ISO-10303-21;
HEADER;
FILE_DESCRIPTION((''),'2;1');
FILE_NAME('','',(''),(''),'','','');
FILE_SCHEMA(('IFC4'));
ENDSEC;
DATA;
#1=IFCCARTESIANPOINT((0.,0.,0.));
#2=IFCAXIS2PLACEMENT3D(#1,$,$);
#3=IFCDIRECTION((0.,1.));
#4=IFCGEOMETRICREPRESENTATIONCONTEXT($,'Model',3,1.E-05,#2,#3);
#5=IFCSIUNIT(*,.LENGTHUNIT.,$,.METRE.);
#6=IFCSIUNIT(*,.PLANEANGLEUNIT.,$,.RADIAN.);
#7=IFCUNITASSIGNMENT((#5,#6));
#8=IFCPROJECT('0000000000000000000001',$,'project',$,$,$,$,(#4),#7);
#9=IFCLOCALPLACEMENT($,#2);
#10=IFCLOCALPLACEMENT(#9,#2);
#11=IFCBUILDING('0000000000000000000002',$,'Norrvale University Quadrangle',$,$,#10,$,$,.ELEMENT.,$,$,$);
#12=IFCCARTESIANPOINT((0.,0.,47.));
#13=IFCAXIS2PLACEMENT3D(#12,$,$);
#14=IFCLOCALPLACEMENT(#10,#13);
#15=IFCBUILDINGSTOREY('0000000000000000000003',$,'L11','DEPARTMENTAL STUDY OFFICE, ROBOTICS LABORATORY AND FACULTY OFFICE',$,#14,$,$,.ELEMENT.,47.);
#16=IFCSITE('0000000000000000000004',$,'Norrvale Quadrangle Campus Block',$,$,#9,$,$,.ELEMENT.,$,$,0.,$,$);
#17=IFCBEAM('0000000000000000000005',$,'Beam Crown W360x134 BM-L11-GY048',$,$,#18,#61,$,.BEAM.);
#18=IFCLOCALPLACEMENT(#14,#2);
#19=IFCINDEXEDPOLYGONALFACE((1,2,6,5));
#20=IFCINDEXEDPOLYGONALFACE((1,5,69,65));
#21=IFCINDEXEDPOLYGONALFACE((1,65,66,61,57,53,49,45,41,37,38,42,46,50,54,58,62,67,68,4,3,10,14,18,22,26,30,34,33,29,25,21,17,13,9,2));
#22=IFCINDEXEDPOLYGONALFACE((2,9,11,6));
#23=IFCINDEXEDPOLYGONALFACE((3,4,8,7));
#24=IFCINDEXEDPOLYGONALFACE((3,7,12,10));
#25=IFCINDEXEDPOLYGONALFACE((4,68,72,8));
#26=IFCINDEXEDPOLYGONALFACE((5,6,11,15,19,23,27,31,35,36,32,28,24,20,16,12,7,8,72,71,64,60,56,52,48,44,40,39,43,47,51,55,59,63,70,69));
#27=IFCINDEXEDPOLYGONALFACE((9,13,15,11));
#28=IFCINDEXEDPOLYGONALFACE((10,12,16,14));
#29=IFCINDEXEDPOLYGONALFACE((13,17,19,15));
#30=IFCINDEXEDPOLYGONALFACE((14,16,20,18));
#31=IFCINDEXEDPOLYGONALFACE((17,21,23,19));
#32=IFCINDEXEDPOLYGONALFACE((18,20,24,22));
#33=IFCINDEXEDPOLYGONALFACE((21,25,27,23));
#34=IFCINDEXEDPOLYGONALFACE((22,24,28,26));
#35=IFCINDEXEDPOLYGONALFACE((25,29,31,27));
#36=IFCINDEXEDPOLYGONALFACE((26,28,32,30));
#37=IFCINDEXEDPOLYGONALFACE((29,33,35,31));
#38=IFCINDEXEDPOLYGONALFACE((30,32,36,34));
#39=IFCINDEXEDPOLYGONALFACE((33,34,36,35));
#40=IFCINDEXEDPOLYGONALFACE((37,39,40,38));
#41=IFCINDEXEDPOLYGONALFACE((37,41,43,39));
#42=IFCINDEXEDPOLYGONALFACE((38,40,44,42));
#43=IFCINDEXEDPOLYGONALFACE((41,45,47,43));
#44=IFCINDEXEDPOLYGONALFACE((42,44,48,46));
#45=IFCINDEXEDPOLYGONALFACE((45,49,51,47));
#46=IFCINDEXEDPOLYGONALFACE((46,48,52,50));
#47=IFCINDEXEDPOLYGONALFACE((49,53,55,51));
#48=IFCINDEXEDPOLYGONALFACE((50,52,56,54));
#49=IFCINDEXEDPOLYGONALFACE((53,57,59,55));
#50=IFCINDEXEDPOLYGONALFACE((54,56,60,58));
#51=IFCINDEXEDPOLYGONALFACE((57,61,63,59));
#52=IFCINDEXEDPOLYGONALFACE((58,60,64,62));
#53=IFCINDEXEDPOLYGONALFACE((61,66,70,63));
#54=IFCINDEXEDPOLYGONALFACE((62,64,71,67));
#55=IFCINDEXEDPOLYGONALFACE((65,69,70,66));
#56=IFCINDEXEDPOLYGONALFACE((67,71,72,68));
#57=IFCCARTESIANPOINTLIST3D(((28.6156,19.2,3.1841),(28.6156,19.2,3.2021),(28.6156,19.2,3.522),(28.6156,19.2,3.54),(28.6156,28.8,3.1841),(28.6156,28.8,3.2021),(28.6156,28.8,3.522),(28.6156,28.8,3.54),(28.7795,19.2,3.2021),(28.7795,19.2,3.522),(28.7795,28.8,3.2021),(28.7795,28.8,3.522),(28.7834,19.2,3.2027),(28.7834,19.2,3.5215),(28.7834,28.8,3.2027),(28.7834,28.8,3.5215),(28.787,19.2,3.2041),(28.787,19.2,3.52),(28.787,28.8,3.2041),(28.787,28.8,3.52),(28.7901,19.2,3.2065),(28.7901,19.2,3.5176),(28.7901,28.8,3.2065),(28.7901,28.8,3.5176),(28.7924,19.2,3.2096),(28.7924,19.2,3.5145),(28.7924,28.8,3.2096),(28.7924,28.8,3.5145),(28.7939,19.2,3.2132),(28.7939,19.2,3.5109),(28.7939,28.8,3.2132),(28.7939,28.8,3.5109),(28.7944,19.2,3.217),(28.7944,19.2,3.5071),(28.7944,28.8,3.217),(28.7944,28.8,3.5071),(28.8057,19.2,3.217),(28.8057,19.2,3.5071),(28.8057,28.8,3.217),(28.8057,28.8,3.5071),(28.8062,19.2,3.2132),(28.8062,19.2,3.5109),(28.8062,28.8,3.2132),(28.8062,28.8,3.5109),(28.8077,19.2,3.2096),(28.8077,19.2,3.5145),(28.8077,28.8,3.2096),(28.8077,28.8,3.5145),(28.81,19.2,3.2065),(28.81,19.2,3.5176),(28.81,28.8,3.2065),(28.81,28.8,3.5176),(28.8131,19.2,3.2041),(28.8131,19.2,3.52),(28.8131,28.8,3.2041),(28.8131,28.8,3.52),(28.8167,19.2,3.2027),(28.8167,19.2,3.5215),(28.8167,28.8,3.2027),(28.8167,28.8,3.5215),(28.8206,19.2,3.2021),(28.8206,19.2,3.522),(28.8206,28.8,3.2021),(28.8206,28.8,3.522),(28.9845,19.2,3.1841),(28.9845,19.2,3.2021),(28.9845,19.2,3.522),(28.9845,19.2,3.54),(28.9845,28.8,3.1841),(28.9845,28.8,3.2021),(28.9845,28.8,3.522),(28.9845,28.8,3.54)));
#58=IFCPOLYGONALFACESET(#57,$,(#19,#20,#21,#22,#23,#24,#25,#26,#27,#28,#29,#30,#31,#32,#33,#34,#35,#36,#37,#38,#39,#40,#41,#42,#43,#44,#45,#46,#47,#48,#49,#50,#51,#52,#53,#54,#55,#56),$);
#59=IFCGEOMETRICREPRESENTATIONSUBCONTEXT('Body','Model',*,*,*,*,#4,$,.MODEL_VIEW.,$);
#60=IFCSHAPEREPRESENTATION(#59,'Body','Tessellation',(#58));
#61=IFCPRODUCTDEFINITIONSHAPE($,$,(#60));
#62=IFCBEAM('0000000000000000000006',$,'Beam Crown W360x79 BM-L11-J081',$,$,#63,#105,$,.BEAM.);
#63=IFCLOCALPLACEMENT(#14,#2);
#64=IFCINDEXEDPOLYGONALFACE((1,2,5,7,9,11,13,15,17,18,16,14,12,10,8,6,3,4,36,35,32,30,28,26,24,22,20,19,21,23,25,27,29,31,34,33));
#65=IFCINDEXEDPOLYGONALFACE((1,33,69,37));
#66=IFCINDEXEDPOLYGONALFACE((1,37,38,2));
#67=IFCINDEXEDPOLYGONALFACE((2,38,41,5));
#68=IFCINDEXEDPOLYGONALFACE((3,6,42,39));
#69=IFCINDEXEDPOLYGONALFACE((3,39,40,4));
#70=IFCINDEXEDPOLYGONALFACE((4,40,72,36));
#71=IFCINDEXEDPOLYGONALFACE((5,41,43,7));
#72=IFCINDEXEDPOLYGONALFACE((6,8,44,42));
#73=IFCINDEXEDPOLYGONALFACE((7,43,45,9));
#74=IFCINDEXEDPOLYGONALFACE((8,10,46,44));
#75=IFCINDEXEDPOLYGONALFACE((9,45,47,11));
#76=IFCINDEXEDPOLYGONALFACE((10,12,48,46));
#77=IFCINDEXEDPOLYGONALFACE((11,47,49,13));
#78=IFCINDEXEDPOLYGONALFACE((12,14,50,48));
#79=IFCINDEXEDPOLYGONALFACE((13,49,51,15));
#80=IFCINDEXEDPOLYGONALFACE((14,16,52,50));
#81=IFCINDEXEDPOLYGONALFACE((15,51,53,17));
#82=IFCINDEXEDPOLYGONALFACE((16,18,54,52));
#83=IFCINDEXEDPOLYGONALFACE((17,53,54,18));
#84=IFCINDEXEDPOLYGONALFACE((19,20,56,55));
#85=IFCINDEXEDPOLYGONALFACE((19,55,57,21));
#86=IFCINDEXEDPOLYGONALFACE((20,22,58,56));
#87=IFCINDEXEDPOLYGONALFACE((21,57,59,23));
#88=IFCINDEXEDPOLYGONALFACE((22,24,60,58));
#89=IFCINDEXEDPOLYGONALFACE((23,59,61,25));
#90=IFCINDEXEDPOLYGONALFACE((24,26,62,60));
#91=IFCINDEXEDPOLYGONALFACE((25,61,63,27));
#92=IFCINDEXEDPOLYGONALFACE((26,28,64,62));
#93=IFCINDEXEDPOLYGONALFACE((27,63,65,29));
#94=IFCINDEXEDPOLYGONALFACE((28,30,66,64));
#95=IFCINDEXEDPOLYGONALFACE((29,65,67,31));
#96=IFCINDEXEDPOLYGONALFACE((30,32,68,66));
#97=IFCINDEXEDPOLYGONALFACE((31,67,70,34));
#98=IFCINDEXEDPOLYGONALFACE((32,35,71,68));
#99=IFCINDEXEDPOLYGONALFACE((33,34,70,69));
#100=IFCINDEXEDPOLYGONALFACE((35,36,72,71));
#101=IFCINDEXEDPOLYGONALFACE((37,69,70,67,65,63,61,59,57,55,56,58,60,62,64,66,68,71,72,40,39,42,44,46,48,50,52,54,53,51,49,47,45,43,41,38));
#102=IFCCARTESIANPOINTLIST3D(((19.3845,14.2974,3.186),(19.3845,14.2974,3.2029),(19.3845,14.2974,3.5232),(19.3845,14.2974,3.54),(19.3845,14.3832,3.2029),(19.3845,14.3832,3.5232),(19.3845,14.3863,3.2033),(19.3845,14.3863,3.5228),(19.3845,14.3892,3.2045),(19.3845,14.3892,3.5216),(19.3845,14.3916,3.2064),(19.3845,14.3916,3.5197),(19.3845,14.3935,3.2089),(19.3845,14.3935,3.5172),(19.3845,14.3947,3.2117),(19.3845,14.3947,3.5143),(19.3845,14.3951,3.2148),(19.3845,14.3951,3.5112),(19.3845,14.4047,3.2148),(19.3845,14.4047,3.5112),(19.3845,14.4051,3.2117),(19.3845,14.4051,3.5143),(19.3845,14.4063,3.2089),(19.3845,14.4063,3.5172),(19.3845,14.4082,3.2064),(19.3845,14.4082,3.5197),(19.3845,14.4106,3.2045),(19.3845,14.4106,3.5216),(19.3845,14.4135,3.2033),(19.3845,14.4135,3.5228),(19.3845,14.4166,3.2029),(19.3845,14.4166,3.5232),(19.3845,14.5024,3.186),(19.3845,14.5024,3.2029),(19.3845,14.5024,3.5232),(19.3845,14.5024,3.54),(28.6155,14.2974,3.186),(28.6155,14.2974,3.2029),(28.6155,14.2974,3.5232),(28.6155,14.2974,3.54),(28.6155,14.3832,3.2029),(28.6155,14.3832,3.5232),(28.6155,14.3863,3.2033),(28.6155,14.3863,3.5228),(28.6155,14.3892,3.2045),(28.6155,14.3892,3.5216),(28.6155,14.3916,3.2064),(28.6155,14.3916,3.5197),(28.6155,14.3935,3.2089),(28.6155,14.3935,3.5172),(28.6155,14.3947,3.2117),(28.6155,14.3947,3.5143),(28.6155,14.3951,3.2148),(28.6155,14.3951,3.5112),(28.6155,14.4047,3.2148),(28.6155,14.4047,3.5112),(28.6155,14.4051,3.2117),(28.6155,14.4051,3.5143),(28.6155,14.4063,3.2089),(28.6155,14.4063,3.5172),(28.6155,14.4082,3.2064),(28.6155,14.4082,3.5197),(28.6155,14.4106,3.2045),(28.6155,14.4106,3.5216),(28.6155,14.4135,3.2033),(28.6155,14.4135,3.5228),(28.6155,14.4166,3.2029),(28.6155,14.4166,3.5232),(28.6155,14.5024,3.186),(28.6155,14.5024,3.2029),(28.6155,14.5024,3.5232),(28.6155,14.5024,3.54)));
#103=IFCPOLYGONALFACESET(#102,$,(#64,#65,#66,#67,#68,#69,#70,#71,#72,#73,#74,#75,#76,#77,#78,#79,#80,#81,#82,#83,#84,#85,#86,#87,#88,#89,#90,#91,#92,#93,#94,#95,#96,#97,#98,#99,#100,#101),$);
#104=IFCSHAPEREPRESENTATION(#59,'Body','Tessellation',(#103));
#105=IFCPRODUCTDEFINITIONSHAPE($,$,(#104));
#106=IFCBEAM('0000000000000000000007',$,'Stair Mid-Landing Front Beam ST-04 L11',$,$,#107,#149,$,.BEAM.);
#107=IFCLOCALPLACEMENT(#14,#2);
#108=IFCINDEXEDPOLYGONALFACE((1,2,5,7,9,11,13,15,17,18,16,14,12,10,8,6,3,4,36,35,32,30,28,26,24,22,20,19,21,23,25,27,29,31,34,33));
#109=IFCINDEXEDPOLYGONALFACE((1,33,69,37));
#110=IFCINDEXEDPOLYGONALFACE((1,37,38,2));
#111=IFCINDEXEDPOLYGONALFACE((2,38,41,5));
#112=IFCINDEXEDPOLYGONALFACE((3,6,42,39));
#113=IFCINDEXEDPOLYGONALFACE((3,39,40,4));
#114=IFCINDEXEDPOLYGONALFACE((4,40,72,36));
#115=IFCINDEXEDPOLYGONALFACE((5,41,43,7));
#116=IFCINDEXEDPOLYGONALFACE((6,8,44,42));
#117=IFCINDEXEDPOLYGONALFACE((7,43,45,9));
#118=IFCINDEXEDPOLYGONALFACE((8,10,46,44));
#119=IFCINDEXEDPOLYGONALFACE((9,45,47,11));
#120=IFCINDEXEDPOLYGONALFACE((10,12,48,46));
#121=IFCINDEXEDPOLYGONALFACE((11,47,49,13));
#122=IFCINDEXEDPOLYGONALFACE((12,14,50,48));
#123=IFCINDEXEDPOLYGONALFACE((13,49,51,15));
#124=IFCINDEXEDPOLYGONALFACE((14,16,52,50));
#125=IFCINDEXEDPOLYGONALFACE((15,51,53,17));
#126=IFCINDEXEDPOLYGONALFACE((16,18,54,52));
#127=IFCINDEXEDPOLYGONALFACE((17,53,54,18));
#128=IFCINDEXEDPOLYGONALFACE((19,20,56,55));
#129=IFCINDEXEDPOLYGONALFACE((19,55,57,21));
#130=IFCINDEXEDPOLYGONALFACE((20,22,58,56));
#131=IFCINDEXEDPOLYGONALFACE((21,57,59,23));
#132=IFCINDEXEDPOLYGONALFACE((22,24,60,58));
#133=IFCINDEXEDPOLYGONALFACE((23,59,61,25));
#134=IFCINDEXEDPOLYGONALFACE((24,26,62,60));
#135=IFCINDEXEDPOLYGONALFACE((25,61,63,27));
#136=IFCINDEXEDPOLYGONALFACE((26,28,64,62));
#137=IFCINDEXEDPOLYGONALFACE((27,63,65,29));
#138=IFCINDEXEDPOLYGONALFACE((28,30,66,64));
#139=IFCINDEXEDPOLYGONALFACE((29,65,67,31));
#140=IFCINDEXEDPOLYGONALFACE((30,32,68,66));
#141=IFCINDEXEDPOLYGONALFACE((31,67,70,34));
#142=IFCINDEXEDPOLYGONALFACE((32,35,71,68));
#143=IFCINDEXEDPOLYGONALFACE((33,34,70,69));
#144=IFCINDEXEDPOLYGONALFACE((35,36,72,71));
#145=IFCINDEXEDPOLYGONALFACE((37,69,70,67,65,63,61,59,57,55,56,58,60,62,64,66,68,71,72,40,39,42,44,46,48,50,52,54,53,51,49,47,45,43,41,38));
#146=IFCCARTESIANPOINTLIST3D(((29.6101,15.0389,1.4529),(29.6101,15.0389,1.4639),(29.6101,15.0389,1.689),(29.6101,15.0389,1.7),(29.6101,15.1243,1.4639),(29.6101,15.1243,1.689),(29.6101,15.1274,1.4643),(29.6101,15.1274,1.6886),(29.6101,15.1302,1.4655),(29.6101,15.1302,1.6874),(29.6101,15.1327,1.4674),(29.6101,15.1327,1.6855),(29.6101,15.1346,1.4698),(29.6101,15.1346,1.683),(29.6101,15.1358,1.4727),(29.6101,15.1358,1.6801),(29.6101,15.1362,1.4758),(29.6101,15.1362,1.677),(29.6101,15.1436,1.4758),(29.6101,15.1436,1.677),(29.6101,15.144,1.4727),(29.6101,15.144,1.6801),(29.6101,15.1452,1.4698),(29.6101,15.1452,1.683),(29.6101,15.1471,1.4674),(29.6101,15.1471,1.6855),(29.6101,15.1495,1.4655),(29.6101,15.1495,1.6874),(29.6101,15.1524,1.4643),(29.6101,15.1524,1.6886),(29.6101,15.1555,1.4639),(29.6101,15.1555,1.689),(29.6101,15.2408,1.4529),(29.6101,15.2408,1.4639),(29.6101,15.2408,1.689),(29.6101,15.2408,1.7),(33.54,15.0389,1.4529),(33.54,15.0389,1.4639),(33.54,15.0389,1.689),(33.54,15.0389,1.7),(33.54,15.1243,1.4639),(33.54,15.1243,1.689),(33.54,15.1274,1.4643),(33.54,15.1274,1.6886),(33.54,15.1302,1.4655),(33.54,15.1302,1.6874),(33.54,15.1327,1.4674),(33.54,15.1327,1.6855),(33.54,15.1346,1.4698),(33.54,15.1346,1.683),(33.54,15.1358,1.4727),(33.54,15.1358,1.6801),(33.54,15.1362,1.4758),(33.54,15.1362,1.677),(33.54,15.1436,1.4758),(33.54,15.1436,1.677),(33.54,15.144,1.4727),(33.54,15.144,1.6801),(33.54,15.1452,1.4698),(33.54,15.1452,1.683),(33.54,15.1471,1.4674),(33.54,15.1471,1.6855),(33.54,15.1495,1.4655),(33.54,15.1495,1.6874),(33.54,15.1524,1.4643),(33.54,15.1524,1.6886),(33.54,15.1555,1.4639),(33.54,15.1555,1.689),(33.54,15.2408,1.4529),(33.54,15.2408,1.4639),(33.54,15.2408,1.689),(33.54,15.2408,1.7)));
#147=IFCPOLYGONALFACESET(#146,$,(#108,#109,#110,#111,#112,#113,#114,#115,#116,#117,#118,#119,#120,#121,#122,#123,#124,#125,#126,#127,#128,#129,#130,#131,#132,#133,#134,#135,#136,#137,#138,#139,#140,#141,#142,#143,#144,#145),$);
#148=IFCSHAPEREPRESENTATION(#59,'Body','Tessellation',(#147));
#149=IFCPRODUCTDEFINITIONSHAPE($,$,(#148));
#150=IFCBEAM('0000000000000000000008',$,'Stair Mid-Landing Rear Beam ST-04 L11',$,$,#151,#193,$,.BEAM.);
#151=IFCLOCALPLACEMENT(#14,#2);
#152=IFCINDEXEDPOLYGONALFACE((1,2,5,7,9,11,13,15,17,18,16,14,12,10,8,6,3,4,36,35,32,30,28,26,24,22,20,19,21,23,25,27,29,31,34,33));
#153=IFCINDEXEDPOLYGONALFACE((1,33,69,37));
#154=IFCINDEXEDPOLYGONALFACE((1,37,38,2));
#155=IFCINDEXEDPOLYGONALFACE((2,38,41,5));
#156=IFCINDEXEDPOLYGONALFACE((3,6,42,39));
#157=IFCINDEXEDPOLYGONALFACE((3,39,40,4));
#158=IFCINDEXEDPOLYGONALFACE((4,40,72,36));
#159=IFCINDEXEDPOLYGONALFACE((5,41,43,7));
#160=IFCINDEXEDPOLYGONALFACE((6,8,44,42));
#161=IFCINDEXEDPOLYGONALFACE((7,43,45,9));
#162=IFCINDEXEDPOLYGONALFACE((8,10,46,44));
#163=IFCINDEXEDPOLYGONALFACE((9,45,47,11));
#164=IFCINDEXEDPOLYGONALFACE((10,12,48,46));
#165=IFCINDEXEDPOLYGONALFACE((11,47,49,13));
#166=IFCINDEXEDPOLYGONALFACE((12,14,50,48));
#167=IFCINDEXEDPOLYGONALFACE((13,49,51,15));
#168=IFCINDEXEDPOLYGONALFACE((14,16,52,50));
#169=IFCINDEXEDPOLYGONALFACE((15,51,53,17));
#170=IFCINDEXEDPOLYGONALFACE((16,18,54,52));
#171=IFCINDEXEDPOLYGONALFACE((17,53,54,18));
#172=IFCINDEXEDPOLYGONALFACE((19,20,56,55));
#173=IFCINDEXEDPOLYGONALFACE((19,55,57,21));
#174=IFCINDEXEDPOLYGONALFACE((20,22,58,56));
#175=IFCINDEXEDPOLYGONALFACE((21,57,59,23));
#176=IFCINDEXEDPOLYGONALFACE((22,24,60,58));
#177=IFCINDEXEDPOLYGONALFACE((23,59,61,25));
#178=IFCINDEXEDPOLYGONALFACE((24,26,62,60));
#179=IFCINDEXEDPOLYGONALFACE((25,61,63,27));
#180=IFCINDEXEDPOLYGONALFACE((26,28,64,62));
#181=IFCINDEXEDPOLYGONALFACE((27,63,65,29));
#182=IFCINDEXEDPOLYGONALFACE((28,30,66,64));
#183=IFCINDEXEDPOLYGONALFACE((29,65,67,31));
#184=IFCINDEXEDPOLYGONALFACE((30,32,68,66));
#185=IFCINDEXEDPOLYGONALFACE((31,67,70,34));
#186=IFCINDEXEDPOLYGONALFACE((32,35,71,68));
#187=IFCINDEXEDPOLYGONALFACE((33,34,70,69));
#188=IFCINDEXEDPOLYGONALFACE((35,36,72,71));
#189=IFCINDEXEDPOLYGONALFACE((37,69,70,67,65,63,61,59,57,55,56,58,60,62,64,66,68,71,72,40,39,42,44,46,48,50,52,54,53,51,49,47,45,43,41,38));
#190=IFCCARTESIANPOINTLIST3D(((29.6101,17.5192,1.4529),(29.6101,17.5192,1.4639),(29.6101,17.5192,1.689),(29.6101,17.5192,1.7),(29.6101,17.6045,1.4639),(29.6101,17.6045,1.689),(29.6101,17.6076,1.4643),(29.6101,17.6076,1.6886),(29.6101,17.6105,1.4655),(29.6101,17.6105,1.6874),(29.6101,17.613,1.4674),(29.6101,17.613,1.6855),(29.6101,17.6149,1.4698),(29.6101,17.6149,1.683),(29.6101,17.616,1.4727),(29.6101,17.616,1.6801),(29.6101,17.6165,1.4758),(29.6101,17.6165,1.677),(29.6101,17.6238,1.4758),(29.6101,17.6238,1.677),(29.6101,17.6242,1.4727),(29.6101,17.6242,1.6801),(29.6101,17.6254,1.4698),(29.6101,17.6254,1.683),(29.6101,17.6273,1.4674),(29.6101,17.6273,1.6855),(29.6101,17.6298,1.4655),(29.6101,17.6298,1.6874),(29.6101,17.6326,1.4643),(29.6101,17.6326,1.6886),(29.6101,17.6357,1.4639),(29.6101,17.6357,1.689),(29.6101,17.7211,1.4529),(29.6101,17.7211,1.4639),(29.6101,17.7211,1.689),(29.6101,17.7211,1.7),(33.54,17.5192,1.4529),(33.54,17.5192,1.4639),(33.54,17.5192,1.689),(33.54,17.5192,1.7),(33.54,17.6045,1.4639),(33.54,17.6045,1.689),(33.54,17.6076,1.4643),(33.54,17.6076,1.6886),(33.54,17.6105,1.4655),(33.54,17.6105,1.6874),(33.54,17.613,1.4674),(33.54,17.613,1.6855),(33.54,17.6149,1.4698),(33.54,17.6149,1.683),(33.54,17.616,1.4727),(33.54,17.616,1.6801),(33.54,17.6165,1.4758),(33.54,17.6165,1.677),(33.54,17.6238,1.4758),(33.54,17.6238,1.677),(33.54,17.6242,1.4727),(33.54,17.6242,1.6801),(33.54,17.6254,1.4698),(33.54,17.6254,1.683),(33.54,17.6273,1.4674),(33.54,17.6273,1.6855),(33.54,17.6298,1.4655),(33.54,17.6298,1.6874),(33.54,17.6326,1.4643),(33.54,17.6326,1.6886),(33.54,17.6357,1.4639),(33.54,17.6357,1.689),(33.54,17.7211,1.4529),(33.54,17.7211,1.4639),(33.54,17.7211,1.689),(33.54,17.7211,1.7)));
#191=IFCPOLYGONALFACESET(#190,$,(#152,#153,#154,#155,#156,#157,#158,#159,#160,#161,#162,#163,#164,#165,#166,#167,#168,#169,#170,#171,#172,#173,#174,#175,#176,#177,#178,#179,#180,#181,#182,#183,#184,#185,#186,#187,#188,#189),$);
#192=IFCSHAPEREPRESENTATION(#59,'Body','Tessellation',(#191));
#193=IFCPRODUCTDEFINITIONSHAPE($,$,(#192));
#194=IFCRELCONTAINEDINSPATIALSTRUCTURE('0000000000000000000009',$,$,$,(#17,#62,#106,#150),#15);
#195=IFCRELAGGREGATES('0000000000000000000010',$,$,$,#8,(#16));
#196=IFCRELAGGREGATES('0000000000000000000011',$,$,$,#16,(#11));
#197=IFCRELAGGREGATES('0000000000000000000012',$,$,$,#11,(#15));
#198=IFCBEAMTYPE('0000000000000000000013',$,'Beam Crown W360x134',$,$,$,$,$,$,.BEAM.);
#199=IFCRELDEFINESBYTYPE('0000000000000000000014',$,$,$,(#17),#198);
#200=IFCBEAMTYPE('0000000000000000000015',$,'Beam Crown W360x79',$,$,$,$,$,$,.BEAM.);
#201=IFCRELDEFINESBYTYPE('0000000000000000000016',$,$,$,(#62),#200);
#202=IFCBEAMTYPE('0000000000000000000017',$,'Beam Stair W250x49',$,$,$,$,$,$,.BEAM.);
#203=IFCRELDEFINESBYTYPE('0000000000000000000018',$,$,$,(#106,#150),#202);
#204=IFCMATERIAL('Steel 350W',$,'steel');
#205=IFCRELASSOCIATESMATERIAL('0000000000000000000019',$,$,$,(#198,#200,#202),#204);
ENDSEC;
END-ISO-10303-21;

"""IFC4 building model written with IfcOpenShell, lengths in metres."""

from ifc_helpers import new_model, si_unit, direction, frame, origin, origin_2d, place, context, subcontext, project, spatial, i_section, extrude, material, material_profile, profile_set, type_object, element, save


model = new_model("IFC4")

# Units and contexts
model_context = context("Model", 3, precision=1e-05, world=origin(), true_north=direction((0.0, 1.0)))
body_context = subcontext(model_context, "Body", "Model", "MODEL_VIEW")
ifc_project = project(units=[si_unit("LENGTHUNIT", "METRE"), si_unit("PLANEANGLEUNIT", "RADIAN")], contexts=[model_context])

# Site, building, storey
site_placement = place(None, origin())
site = spatial("IfcSite", under=ifc_project, at=site_placement, Name="Norrvale Quadrangle Campus Block", CompositionType="ELEMENT", RefElevation=0.0)
building_placement = place(site_placement, origin())
building = spatial("IfcBuilding", under=site, at=building_placement, Name="Norrvale University Quadrangle", CompositionType="ELEMENT")
storey_placement = place(building_placement, frame((0.0, 0.0, 47.0)))
storey = spatial("IfcBuildingStorey", under=building, at=storey_placement, Name="L11", Description="DEPARTMENTAL STUDY OFFICE, ROBOTICS LABORATORY AND FACULTY OFFICE", CompositionType="ELEMENT", Elevation=47.0)

# Beams
ifc_material_1 = material(Name="Steel 350W", Category="steel")
ifc_material_profile_1 = material_profile(ifc_material_1, i_section(OverallWidth=0.3689, OverallDepth=0.356, WebThickness=0.0112, FlangeThickness=0.0181, FilletRadius=0.0149, at=origin_2d()), Name="Steel 350W")
ifc_profile_set_1 = profile_set([ifc_material_profile_1], Name="Steel 350W")
beam_type_1 = type_object("IfcBeamType", Name="Beam Crown W360x134", PredefinedType="BEAM", material=ifc_profile_set_1)
for number, where, z_axis, x_axis, name in (
    (1, (28.8, 19.2, 3.3621), (0.0, 1.0, 0.0), (-1.0, 0.0, 0.0), "Beam Crown W360x134 BM-L11-GY048"),
):
    element("IfcBeam", number, at=place(storey_placement, frame(where, z_axis=z_axis, x_axis=x_axis)), inside=storey, type_object=beam_type_1, Name=name, PredefinedType="BEAM", context=body_context, shape_type="SweptSolid", body=[
        extrude(i_section(OverallWidth=0.3689, OverallDepth=0.356, WebThickness=0.0112, FlangeThickness=0.0181, FilletRadius=0.0149, at=origin_2d()), origin(), (0.0, 0.0, 1.0), 9.6001),
    ])
ifc_material_profile_2 = material_profile(ifc_material_1, i_section(OverallWidth=0.2051, OverallDepth=0.354, WebThickness=0.0095, FlangeThickness=0.0168, FilletRadius=0.012, at=origin_2d()), Name="Steel 350W")
ifc_profile_set_2 = profile_set([ifc_material_profile_2], Name="Steel 350W")
beam_type_2 = type_object("IfcBeamType", Name="Beam Crown W360x79", PredefinedType="BEAM", material=ifc_profile_set_2)
beam_1_placement = place(storey_placement, frame((19.3845, 14.3999, 3.363), z_axis=(1.0, 0.0, 0.0), x_axis=(0.0, 1.0, 0.0)))
element("IfcBeam", 2, at=beam_1_placement, inside=storey, type_object=beam_type_2, Name="Beam Crown W360x79 BM-L11-J081", PredefinedType="BEAM", context=body_context, shape_type="SweptSolid", body=[
    extrude(i_section(OverallWidth=0.2051, OverallDepth=0.354, WebThickness=0.0095, FlangeThickness=0.0168, FilletRadius=0.012, at=origin_2d()), origin(), (0.0, 0.0, 1.0), 9.231),
])
ifc_material_profile_3 = material_profile(ifc_material_1, i_section(OverallWidth=0.2019, OverallDepth=0.2471, WebThickness=0.0073, FlangeThickness=0.011, FilletRadius=0.012, at=origin_2d()), Name="Steel 350W")
ifc_profile_set_3 = profile_set([ifc_material_profile_3], Name="Steel 350W")
beam_type_3 = type_object("IfcBeamType", Name="Beam Stair W250x49", PredefinedType="BEAM", material=ifc_profile_set_3)
for number, where, z_axis, x_axis, name in (
    (3, (29.6101, 15.1399, 1.5764), (1.0, 0.0, 0.0), (0.0, 1.0, 0.0), "Stair Mid-Landing Front Beam ST-04 L11"),
    (4, (29.6101, 17.6201, 1.5764), (1.0, 0.0, 0.0), (0.0, 1.0, 0.0), "Stair Mid-Landing Rear Beam ST-04 L11"),
):
    element("IfcBeam", number, at=place(storey_placement, frame(where, z_axis=z_axis, x_axis=x_axis)), inside=storey, type_object=beam_type_3, Name=name, PredefinedType="BEAM", context=body_context, shape_type="SweptSolid", body=[
        extrude(i_section(OverallWidth=0.2019, OverallDepth=0.2471, WebThickness=0.0073, FlangeThickness=0.011, FilletRadius=0.012, at=origin_2d()), origin(), (0.0, 0.0, 1.0), 3.9299),
    ])

save(model, "model.ifc")
